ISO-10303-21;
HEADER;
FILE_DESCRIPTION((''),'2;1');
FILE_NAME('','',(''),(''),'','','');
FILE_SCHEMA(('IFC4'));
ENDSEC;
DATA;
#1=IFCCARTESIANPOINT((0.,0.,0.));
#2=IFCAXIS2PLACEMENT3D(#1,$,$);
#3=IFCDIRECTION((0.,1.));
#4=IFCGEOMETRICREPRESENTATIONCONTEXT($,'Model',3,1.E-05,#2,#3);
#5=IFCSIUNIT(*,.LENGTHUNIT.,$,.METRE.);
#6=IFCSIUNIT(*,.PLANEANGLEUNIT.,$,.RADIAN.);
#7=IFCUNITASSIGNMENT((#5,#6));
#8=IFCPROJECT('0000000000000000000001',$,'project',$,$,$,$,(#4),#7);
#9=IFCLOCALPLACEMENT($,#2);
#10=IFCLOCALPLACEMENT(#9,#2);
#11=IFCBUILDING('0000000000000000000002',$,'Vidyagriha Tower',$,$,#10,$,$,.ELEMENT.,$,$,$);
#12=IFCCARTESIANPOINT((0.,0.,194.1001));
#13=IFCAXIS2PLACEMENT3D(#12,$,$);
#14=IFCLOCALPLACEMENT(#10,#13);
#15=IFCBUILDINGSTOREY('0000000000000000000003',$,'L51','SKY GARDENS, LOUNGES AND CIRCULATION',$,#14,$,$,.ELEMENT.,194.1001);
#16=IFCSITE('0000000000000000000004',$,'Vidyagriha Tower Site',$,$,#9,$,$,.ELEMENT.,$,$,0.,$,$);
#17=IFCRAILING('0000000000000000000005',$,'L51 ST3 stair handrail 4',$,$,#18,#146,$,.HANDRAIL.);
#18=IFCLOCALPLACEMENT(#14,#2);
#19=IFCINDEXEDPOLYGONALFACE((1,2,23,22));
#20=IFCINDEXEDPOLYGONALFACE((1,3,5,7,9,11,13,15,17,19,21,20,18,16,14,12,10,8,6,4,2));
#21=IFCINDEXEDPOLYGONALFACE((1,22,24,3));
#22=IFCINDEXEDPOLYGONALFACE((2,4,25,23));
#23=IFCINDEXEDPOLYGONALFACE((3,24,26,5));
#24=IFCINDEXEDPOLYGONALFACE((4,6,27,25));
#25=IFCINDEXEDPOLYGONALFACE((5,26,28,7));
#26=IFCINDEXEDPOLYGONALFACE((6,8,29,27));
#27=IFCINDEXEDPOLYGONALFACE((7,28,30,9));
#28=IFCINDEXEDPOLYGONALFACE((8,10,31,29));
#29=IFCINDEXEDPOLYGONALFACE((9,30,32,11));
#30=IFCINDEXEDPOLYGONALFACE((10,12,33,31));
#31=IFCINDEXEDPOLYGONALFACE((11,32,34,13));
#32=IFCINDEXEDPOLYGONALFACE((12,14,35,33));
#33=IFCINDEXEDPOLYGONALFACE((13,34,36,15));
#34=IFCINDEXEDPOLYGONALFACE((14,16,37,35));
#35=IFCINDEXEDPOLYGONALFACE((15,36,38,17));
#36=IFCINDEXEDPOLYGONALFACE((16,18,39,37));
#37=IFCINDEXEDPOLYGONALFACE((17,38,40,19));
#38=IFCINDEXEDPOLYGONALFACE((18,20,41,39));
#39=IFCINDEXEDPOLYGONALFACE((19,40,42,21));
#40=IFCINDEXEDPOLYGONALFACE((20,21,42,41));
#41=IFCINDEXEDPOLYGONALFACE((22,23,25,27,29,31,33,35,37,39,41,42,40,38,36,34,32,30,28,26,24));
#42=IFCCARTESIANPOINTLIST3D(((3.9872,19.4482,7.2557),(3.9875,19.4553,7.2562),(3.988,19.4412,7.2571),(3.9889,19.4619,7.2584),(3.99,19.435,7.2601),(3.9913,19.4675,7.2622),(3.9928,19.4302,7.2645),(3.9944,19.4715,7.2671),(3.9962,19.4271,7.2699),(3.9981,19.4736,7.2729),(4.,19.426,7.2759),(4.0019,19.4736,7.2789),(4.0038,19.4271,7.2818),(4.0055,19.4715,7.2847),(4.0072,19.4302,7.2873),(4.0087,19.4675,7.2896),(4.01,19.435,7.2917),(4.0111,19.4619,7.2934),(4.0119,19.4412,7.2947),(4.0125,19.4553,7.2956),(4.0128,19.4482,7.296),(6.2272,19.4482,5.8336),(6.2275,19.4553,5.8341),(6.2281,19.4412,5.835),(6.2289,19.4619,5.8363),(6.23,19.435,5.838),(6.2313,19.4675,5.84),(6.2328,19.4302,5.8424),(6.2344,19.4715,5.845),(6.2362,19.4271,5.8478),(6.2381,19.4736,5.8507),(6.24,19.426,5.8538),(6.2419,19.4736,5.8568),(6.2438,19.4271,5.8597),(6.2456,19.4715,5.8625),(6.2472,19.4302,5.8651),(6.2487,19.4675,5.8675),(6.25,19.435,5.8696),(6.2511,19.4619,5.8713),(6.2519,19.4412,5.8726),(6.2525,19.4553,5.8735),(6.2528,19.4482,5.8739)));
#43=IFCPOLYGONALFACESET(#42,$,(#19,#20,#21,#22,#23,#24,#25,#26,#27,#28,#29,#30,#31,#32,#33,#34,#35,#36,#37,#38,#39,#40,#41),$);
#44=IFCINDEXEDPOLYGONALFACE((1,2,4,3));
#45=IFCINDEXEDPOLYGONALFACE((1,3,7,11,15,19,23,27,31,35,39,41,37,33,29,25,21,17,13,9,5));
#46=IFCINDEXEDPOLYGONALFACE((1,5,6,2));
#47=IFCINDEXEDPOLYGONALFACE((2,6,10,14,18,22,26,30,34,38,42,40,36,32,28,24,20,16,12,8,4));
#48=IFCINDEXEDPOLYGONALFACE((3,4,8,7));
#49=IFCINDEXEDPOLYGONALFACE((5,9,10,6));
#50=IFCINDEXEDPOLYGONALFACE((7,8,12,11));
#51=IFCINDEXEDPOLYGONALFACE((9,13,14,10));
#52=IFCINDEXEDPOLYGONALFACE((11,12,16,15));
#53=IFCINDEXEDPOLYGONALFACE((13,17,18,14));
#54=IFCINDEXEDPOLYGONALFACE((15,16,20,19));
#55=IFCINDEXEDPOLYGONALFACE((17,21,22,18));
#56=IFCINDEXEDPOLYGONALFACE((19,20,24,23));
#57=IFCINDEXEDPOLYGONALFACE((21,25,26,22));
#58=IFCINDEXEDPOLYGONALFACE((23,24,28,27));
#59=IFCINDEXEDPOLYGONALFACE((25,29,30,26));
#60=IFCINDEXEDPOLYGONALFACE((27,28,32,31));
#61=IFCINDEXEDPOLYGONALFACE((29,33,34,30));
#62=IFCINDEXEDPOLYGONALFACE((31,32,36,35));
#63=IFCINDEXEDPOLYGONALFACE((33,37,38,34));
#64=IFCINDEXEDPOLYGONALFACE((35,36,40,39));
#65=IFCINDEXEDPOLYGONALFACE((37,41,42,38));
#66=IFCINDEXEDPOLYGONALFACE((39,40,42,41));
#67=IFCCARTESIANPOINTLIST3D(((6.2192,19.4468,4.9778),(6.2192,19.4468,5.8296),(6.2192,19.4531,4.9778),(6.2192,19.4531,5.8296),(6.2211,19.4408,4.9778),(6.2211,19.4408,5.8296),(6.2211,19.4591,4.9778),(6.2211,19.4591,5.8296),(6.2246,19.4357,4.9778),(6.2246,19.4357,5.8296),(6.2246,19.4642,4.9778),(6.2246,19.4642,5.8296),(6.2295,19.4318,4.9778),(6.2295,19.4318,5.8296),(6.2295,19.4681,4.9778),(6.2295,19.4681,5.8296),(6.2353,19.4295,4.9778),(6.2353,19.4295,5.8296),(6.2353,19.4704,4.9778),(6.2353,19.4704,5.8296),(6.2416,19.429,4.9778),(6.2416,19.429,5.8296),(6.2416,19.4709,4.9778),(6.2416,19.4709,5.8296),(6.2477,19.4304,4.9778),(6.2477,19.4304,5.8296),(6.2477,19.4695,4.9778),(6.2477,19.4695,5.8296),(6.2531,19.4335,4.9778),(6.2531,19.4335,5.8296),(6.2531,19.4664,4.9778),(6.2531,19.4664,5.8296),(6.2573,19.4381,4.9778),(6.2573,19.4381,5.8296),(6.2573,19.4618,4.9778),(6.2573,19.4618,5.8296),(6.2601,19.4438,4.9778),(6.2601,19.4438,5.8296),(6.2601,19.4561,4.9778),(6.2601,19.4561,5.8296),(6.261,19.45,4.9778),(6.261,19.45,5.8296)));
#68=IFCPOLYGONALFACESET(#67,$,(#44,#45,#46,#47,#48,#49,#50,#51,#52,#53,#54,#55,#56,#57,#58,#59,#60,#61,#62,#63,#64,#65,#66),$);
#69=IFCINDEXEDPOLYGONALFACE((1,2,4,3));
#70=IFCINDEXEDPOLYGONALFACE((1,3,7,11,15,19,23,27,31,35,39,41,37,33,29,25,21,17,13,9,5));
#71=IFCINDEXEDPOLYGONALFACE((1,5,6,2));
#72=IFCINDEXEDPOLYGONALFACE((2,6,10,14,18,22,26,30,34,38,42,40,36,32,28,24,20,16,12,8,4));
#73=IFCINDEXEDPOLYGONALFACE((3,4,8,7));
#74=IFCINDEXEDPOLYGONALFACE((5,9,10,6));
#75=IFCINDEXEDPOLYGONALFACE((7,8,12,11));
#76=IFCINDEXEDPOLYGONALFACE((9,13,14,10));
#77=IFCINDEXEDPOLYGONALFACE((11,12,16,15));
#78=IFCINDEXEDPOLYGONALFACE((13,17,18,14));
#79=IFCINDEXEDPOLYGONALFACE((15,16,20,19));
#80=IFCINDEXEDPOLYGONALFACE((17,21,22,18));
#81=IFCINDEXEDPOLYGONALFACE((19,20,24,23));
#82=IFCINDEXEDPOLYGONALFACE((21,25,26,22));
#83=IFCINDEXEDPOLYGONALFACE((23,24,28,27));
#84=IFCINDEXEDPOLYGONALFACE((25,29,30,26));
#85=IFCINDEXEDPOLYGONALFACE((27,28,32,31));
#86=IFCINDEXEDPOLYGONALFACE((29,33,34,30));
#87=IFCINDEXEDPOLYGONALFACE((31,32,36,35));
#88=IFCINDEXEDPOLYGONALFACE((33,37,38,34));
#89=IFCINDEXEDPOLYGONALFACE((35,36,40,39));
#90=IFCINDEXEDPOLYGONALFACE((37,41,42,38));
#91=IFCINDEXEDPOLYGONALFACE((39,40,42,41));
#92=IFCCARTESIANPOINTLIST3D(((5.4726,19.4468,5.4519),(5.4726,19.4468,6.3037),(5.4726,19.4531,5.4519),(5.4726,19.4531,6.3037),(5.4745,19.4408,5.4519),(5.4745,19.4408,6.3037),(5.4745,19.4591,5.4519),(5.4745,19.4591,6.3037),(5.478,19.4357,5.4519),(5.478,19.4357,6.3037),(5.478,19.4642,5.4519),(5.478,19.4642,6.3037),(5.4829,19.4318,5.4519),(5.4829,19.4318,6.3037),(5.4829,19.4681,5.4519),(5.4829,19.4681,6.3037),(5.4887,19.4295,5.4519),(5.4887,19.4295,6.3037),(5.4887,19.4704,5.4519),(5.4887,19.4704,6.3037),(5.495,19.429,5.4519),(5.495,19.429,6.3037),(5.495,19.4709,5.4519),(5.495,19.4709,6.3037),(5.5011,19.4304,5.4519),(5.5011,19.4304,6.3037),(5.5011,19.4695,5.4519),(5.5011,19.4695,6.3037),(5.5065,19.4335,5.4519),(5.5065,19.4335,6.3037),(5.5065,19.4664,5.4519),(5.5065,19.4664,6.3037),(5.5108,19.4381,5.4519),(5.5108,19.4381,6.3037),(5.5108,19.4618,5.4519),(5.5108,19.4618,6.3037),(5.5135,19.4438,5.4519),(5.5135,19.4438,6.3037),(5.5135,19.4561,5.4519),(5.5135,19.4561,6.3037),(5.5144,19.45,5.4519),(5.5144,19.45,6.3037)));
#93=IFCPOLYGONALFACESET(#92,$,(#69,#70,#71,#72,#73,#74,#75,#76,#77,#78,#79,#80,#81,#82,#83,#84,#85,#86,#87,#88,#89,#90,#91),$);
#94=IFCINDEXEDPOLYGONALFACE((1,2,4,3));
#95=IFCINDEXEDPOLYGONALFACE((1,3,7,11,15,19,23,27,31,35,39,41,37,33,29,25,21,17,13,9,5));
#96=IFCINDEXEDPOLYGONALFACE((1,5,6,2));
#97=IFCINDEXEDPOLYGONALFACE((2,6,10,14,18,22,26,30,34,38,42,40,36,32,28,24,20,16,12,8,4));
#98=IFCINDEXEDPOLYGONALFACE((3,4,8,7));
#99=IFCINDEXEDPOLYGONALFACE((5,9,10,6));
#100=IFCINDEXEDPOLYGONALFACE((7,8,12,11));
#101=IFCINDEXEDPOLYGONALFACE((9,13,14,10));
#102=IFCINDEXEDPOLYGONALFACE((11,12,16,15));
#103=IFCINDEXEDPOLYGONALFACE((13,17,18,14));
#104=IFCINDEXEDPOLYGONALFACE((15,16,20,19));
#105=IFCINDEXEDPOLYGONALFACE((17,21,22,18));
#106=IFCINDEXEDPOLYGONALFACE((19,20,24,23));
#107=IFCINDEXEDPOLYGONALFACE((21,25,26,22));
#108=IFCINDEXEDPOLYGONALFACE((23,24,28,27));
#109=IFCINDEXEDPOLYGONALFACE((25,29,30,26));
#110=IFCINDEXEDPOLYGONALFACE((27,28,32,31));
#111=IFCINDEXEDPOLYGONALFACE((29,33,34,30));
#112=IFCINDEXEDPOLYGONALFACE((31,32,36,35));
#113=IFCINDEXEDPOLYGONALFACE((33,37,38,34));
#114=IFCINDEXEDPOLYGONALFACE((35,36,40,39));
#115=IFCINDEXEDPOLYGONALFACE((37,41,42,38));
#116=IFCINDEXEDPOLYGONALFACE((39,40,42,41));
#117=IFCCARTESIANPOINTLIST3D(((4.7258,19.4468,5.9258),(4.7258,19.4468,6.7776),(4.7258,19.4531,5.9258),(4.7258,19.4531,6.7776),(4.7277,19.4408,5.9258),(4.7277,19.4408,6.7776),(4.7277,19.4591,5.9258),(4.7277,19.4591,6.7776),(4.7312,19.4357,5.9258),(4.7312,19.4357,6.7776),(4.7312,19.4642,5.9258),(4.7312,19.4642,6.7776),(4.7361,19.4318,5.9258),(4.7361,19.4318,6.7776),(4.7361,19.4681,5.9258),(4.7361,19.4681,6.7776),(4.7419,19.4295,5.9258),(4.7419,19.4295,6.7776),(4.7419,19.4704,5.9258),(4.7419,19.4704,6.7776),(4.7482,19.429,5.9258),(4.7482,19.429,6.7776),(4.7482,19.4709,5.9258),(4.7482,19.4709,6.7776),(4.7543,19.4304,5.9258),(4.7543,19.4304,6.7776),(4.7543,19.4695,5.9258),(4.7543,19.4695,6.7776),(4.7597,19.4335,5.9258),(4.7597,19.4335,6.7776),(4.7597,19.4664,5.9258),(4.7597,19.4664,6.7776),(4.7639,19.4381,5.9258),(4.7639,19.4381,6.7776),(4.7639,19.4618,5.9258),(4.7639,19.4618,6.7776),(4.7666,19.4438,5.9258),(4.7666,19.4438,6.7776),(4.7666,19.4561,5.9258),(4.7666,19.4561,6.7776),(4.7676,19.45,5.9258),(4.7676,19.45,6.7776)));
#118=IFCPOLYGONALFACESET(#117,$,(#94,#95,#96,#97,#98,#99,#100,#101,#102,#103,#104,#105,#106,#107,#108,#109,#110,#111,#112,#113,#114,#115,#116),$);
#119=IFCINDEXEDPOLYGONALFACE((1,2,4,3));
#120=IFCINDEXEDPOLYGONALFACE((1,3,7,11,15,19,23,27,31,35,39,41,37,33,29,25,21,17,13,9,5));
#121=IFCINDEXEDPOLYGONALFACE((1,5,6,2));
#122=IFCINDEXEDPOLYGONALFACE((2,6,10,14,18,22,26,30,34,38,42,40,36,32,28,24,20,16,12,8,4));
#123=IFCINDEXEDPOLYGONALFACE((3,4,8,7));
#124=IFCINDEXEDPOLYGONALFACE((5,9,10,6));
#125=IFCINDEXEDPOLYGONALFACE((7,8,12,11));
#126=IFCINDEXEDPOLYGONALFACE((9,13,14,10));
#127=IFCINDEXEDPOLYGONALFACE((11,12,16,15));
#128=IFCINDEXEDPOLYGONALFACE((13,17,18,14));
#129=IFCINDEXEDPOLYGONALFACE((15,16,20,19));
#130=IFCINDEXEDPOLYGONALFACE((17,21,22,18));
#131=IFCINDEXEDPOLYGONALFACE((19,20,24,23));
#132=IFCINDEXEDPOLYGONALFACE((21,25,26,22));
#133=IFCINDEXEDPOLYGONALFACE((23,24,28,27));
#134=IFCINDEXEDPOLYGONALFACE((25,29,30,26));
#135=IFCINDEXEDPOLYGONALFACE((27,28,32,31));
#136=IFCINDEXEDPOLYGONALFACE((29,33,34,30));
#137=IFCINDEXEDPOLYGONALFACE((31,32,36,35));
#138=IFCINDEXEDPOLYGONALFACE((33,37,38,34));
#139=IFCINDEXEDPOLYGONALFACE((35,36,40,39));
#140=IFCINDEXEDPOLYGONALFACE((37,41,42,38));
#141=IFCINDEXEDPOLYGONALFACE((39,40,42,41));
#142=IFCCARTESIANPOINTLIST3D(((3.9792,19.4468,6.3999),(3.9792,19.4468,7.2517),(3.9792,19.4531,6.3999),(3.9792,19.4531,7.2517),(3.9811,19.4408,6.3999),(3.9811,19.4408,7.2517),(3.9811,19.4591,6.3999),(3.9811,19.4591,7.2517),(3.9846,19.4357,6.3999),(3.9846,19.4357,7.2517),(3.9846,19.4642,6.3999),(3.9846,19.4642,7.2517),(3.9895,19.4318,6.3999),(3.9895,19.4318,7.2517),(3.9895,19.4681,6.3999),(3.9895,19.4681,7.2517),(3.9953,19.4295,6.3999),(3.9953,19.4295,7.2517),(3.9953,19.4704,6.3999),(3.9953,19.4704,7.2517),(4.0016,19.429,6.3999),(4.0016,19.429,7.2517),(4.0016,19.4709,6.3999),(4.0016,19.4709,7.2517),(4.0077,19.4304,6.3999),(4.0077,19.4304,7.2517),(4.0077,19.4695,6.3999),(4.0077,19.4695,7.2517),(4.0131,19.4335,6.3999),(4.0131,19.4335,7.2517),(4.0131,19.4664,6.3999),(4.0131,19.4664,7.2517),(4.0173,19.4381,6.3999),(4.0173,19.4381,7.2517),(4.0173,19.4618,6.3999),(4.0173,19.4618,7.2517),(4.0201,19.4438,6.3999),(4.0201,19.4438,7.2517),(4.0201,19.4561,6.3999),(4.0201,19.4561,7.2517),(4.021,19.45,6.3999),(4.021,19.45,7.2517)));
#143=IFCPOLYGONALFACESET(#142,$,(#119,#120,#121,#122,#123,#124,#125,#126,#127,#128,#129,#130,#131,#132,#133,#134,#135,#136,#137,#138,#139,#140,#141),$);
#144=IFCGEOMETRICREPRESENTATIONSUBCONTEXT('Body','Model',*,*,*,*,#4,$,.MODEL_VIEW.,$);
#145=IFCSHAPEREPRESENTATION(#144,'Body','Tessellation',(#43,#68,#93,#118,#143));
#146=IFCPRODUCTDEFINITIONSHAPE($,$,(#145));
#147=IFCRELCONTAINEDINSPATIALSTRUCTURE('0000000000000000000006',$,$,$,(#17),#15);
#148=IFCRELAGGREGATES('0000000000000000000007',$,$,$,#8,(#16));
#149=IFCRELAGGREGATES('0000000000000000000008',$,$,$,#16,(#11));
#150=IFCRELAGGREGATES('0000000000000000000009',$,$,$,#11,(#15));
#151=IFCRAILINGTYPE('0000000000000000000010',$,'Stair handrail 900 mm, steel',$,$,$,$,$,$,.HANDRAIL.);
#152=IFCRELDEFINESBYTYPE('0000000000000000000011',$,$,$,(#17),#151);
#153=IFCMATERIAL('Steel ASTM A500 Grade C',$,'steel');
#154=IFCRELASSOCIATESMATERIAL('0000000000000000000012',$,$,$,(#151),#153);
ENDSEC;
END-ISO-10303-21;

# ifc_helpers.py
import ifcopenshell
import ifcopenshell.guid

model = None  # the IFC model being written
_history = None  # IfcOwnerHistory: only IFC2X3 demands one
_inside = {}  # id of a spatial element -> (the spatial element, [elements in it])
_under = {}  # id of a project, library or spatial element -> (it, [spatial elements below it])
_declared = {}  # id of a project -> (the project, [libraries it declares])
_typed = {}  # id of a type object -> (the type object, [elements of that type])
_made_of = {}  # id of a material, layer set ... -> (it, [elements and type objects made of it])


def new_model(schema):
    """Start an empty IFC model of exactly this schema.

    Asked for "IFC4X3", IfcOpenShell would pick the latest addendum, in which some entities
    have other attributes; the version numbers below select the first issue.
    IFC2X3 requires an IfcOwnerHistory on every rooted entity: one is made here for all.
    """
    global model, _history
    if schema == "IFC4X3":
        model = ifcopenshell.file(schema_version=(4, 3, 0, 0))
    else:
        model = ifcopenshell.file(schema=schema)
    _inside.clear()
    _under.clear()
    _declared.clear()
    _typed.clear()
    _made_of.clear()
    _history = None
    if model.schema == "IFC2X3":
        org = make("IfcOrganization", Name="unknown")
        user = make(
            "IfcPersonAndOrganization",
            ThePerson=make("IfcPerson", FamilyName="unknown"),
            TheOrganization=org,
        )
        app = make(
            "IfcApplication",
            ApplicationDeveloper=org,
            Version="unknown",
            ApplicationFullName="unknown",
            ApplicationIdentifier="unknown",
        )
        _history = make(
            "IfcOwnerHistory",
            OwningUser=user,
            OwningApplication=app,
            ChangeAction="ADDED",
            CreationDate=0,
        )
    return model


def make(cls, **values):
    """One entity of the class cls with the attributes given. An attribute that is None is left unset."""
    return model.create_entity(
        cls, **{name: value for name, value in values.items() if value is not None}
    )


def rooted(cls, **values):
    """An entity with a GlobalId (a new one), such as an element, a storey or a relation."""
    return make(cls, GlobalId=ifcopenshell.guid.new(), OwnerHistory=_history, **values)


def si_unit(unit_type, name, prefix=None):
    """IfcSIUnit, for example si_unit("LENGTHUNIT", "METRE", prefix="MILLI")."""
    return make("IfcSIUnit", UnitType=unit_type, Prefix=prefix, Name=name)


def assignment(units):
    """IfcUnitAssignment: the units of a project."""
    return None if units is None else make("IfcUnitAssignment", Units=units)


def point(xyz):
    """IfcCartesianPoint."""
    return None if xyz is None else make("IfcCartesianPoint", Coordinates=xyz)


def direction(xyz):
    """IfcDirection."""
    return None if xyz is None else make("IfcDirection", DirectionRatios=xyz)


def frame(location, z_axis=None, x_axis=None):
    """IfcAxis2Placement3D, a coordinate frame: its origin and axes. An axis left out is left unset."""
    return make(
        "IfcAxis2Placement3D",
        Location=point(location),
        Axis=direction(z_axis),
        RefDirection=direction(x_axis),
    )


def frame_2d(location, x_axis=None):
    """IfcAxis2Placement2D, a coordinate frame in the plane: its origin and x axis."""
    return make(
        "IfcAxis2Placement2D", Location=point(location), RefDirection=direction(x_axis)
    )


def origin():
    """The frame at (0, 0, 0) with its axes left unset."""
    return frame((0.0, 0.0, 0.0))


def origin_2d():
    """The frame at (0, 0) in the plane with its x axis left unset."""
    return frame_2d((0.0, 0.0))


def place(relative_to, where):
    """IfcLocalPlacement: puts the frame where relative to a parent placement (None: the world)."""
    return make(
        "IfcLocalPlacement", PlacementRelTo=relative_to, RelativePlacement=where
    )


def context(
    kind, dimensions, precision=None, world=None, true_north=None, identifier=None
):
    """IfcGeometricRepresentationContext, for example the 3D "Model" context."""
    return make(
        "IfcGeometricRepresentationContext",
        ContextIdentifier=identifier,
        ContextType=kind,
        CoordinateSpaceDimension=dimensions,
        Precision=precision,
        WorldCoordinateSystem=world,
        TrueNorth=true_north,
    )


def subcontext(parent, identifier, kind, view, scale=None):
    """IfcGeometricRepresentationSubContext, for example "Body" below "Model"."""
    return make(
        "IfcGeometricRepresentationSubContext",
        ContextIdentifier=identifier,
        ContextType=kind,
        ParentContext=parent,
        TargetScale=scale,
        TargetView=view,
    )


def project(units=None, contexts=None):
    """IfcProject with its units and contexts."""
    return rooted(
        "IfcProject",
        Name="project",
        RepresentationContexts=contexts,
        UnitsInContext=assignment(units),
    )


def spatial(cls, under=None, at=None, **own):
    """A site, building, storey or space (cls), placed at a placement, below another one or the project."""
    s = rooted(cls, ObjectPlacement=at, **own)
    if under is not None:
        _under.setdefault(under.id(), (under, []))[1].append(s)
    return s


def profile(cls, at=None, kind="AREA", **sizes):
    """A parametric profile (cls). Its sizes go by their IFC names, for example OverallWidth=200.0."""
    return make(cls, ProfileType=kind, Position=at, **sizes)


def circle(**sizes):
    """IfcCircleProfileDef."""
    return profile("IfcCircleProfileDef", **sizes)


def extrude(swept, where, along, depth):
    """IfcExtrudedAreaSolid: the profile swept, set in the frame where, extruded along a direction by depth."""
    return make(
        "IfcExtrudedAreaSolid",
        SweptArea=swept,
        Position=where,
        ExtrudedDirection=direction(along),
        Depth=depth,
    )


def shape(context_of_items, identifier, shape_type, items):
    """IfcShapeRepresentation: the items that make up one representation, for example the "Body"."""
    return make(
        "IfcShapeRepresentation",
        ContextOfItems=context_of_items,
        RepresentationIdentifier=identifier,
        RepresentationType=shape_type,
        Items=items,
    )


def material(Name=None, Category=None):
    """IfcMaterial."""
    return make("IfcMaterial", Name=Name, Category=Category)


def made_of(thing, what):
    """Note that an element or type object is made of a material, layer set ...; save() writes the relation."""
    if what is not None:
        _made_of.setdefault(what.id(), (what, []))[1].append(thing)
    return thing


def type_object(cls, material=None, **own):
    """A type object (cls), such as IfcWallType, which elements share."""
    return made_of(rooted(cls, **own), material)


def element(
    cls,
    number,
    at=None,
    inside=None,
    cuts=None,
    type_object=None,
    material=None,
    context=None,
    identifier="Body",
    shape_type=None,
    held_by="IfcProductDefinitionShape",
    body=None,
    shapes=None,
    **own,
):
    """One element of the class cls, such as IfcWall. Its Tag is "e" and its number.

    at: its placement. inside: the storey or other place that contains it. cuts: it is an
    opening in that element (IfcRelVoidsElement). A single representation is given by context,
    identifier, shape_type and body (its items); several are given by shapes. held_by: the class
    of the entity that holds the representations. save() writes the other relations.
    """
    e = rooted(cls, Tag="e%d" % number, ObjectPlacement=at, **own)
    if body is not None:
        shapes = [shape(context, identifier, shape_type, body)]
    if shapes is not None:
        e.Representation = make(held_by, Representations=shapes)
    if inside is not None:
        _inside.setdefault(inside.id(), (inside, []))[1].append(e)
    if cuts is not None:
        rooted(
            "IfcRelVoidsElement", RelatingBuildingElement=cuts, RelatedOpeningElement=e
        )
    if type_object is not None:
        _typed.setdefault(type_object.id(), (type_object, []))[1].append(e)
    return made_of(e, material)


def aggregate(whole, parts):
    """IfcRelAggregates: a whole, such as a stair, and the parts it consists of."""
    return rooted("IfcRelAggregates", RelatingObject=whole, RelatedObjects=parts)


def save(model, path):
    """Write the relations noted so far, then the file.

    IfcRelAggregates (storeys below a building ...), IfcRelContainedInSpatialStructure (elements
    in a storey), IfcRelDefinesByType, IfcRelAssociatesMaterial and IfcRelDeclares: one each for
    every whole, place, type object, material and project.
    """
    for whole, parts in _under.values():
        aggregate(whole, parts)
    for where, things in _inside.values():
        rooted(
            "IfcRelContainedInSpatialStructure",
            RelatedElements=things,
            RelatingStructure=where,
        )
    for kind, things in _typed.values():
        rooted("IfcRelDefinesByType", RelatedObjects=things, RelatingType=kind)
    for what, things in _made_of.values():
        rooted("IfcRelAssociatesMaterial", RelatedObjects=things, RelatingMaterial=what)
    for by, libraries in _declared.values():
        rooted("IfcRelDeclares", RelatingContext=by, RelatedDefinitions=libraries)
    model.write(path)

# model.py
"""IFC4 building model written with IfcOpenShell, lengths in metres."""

from ifc_helpers import new_model, si_unit, direction, frame, origin, origin_2d, place, context, subcontext, project, spatial, circle, extrude, material, type_object, element, save


model = new_model("IFC4")

# Units and contexts
model_context = context("Model", 3, precision=1e-05, world=origin(), true_north=direction((0.0, 1.0)))
body_context = subcontext(model_context, "Body", "Model", "MODEL_VIEW")
ifc_project = project(units=[si_unit("LENGTHUNIT", "METRE"), si_unit("PLANEANGLEUNIT", "RADIAN")], contexts=[model_context])

# Site, building, storey
site_placement = place(None, origin())
site = spatial("IfcSite", under=ifc_project, at=site_placement, Name="Vidyagriha Tower Site", CompositionType="ELEMENT", RefElevation=0.0)
building_placement = place(site_placement, origin())
building = spatial("IfcBuilding", under=site, at=building_placement, Name="Vidyagriha Tower", CompositionType="ELEMENT")
storey_placement = place(building_placement, frame((0.0, 0.0, 194.1001)))
storey = spatial("IfcBuildingStorey", under=building, at=storey_placement, Name="L51", Description="SKY GARDENS, LOUNGES AND CIRCULATION", CompositionType="ELEMENT", Elevation=194.1001)

# Railing
ifc_material_1 = material(Name="Steel ASTM A500 Grade C", Category="steel")
railing_type_1 = type_object("IfcRailingType", Name="Stair handrail 900 mm, steel", PredefinedType="HANDRAIL", material=ifc_material_1)
for number, where, name in (
    (1, (6.24, 19.45, 4.9778), "L51 ST3 stair handrail 4"),
):
    element("IfcRailing", number, at=place(storey_placement, frame(where)), inside=storey, type_object=railing_type_1, Name=name, PredefinedType="HANDRAIL", context=body_context, shape_type="SweptSolid", body=[
        extrude(circle(Radius=0.0239, at=origin_2d()), frame((0.0, 0.0, 0.876), z_axis=(-0.844229, 0.0, 0.535982), x_axis=(0.0, -1.0, 0.0)), (0.0, 0.0, 1.0), 2.6533),
        extrude(circle(Radius=0.021, at=origin_2d()), origin(), (0.0, 0.0, 1.0), 0.8518),
        extrude(circle(Radius=0.021, at=origin_2d()), frame((-0.7466, 0.0, 0.4741)), (0.0, 0.0, 1.0), 0.8518),
        extrude(circle(Radius=0.021, at=origin_2d()), frame((-1.4934, 0.0, 0.948)), (0.0, 0.0, 1.0), 0.8518),
        extrude(circle(Radius=0.021, at=origin_2d()), frame((-2.24, 0.0, 1.4221)), (0.0, 0.0, 1.0), 0.8518),
    ])

save(model, "model.ifc")
